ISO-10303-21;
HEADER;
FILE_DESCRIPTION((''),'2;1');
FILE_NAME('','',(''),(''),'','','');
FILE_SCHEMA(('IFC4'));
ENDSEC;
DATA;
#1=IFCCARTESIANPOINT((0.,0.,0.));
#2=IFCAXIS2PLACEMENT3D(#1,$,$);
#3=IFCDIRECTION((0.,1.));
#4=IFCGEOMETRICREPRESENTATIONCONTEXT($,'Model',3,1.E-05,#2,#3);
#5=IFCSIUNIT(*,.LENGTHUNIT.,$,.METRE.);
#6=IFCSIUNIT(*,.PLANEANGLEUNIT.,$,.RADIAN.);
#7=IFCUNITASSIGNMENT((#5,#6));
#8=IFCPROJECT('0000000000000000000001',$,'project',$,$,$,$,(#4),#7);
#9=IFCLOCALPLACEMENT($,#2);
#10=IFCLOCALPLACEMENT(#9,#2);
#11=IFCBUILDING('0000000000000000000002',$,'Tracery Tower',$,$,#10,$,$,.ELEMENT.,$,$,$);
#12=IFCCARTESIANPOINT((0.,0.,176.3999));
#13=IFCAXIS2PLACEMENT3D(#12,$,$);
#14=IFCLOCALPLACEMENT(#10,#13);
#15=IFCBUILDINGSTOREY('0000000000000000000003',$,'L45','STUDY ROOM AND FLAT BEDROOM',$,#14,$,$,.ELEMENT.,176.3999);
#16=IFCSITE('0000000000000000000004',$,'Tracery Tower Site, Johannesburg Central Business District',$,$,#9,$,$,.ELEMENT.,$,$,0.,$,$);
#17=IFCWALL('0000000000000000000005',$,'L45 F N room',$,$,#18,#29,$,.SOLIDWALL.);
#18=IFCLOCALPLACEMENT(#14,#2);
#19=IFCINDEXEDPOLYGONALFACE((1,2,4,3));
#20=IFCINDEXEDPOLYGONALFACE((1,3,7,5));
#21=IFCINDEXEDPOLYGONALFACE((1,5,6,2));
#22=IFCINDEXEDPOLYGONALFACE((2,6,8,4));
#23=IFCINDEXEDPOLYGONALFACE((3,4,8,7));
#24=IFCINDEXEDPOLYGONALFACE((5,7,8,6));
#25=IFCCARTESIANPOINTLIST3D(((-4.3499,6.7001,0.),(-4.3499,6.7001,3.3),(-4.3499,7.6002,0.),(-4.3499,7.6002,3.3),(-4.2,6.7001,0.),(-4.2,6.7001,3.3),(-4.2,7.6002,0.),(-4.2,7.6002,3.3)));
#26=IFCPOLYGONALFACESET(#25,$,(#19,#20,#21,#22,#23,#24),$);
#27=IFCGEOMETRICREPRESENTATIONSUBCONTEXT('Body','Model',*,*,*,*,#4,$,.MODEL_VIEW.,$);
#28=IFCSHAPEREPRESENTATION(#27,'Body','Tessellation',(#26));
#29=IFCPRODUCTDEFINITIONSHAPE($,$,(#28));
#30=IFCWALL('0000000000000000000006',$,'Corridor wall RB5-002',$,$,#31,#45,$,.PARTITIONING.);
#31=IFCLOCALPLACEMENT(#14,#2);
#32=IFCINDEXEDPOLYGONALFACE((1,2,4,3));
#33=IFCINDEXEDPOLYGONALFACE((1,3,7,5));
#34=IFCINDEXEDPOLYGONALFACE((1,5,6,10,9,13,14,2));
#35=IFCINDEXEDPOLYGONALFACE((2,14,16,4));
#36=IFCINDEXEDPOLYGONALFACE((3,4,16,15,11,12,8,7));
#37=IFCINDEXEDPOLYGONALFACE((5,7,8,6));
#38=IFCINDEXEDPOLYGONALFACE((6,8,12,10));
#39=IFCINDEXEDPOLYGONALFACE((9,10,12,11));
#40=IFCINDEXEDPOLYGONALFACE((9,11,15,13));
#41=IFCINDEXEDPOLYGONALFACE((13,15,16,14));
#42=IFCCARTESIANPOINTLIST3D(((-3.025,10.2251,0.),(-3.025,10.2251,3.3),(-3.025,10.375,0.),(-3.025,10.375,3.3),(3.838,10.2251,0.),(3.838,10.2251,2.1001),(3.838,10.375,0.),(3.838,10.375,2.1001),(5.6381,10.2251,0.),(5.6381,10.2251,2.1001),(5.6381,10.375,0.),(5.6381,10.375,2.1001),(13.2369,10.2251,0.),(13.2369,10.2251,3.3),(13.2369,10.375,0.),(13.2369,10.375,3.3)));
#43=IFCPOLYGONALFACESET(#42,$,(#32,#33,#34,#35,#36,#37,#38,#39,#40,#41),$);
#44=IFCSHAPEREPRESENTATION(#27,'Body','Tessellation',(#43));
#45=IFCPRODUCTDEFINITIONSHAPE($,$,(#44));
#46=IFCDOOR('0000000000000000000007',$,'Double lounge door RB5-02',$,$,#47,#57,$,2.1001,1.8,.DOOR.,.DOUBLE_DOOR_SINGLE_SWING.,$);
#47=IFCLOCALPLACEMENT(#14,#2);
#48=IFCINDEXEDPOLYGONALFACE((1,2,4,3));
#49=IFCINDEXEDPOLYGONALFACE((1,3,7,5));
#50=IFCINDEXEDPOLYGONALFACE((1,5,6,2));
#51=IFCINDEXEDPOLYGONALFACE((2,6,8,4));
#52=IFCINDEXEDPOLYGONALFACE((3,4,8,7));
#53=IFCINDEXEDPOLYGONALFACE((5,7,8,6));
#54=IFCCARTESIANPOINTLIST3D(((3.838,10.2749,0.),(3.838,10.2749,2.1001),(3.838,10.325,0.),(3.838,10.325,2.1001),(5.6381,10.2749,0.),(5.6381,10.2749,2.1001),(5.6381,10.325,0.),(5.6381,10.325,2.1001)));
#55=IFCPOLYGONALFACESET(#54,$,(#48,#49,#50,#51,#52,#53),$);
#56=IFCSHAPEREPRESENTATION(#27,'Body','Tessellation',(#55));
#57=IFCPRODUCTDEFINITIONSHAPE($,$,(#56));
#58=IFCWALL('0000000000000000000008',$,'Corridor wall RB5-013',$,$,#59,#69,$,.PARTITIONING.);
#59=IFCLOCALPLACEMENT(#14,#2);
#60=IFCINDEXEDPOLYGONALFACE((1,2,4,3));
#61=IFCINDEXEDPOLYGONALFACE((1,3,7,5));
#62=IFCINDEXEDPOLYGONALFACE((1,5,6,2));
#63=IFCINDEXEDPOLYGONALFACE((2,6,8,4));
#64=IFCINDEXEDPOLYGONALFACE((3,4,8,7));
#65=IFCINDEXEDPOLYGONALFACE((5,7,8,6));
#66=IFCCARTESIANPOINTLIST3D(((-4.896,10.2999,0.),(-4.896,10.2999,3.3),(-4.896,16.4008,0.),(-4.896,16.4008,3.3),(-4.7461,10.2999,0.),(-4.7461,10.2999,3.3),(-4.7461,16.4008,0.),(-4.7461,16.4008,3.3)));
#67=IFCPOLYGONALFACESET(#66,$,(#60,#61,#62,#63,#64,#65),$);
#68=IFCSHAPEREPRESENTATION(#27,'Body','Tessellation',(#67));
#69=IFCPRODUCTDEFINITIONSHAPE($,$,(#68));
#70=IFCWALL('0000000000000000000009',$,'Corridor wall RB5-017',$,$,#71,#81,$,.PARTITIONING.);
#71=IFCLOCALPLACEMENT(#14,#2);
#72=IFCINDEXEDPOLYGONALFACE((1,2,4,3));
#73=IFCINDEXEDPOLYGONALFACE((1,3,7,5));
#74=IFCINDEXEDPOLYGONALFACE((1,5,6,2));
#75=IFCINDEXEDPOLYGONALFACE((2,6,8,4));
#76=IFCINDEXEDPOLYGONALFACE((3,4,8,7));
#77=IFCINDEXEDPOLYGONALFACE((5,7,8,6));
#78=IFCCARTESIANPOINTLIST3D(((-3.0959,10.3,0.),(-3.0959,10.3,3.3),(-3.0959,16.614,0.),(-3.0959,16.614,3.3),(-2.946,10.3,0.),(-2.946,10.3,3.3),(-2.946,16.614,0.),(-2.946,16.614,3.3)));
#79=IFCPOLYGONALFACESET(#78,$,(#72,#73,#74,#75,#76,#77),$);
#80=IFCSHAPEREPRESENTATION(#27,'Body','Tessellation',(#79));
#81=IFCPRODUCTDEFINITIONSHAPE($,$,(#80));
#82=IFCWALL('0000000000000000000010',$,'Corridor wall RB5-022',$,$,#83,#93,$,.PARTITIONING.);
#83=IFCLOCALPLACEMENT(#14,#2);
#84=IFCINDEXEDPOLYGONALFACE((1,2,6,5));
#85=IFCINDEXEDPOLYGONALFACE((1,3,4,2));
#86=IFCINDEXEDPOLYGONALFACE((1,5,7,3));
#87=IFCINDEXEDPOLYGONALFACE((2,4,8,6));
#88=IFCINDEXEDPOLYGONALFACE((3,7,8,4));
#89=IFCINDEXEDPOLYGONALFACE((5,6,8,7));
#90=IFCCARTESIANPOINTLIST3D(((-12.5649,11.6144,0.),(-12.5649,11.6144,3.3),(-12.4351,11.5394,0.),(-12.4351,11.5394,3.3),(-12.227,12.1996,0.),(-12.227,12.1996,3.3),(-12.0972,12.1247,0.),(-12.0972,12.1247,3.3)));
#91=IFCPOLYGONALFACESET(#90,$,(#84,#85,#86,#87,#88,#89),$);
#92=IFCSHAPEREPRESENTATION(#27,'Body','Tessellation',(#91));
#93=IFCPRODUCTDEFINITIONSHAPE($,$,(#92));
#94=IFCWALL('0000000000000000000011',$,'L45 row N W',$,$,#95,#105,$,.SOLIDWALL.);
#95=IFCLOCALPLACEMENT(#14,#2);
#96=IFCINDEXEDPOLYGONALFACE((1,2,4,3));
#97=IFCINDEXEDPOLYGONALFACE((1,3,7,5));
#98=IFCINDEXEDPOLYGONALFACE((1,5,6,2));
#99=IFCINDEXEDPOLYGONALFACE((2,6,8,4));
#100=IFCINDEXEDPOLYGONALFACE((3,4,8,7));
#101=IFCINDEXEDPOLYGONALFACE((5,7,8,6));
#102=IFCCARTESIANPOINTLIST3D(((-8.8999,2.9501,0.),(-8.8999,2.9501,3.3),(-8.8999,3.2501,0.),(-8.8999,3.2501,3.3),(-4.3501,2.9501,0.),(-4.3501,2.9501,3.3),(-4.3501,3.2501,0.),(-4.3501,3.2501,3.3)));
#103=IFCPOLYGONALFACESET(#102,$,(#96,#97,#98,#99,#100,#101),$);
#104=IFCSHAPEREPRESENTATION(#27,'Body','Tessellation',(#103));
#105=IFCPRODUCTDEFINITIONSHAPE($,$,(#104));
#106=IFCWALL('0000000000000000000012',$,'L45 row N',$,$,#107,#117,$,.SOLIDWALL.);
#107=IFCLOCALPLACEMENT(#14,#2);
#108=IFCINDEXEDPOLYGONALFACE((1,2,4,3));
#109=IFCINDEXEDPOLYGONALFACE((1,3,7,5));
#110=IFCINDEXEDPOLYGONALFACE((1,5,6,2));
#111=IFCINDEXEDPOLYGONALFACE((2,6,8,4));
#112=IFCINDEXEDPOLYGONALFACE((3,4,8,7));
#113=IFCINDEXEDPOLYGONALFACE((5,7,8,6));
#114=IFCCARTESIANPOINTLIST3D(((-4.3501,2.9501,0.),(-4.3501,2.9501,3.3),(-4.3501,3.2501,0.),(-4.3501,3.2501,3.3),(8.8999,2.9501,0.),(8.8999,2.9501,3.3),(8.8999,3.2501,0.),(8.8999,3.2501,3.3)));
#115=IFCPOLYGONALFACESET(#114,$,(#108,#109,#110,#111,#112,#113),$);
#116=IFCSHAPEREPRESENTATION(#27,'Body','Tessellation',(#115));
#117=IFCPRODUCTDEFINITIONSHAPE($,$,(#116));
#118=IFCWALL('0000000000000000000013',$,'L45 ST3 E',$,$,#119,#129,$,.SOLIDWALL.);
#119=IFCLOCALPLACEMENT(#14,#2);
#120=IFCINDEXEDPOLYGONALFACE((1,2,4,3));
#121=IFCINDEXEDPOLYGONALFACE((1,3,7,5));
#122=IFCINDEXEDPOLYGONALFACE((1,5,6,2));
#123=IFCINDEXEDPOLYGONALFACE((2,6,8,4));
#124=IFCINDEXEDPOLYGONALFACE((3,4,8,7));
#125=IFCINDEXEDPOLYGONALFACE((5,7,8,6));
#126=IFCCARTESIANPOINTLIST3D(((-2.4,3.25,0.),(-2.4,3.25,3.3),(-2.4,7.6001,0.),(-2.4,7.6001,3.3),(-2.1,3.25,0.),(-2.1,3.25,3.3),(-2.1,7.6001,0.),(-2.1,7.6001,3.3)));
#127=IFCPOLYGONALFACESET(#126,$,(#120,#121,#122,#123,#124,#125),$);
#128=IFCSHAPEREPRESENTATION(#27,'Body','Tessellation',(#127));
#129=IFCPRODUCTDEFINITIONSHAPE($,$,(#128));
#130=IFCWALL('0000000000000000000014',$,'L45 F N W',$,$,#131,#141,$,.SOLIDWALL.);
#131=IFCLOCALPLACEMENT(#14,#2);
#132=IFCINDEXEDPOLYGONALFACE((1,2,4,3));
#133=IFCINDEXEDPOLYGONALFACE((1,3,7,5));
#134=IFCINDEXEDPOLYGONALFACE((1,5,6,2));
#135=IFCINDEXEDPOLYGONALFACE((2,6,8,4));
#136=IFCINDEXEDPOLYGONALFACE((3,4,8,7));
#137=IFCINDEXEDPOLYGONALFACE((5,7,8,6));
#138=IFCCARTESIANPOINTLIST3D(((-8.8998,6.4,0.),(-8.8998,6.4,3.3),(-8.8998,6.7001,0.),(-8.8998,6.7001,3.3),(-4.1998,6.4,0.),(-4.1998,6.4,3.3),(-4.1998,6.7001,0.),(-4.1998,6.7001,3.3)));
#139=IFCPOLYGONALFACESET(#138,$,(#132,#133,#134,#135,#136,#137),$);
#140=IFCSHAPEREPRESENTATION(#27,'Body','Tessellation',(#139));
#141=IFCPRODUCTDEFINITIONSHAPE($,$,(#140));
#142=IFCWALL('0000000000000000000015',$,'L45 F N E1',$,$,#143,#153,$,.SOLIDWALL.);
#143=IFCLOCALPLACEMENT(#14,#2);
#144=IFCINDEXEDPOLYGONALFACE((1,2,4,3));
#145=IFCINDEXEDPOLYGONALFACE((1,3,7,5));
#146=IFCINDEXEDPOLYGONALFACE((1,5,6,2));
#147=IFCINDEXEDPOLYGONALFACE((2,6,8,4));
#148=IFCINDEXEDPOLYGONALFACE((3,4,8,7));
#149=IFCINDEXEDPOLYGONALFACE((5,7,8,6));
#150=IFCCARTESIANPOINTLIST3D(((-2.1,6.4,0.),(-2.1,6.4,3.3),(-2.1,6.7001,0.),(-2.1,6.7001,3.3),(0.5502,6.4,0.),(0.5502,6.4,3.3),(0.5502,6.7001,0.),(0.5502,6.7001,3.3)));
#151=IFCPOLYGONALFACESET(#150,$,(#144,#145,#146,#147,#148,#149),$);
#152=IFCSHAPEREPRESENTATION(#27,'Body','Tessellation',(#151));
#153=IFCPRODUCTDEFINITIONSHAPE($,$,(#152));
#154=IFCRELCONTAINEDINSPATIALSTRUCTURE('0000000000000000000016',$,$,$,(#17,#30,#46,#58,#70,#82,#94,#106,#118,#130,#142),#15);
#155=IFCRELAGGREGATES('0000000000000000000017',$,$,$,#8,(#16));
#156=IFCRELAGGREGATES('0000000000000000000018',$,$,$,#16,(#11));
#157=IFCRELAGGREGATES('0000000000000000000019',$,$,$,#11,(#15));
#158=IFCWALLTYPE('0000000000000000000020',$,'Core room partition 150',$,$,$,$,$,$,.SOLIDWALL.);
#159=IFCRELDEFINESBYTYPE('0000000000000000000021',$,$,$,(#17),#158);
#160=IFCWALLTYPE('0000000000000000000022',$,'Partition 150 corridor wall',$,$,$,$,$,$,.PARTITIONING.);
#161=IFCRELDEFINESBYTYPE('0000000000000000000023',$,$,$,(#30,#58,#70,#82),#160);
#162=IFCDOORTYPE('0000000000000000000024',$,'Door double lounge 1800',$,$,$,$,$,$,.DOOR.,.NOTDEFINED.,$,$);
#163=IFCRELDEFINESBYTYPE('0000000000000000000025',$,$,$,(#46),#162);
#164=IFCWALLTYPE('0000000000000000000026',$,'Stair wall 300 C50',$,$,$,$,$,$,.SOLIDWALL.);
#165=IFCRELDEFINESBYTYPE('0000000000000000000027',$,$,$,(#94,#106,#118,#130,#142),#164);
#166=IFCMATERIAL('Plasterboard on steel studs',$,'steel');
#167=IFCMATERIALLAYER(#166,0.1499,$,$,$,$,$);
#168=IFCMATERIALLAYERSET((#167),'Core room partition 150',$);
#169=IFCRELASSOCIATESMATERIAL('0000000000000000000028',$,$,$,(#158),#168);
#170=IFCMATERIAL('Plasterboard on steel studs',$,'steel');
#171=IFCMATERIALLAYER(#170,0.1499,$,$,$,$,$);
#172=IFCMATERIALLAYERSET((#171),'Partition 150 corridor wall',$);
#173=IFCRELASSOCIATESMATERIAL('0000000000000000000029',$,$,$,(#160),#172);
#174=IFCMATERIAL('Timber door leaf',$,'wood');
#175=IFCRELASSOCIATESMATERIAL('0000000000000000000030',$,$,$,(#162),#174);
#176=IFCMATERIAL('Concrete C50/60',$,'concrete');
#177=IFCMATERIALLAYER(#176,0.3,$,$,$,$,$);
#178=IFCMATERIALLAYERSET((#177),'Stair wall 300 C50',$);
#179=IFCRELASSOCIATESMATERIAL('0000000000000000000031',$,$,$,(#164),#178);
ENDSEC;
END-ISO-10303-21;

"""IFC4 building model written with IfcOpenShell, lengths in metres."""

from ifc_helpers import new_model, si_unit, direction, frame, frame_2d, origin, place, context, subcontext, project, spatial, rectangle, extrude, material, layer, layer_set, type_object, element, fill, save


model = new_model("IFC4")

# Units and contexts
model_context = context("Model", 3, precision=1e-05, world=origin(), true_north=direction((0.0, 1.0)))
body_context = subcontext(model_context, "Body", "Model", "MODEL_VIEW")
ifc_project = project(units=[si_unit("LENGTHUNIT", "METRE"), si_unit("PLANEANGLEUNIT", "RADIAN")], contexts=[model_context])

# Site, building, storey
site_placement = place(None, origin())
site = spatial("IfcSite", under=ifc_project, at=site_placement, Name="Tracery Tower Site, Johannesburg Central Business District", CompositionType="ELEMENT", RefElevation=0.0)
building_placement = place(site_placement, origin())
building = spatial("IfcBuilding", under=site, at=building_placement, Name="Tracery Tower", CompositionType="ELEMENT")
storey_placement = place(building_placement, frame((0.0, 0.0, 176.3999)))
storey = spatial("IfcBuildingStorey", under=building, at=storey_placement, Name="L45", Description="STUDY ROOM AND FLAT BEDROOM", CompositionType="ELEMENT", Elevation=176.3999)

# Wall
ifc_material_1 = material(Name="Plasterboard on steel studs", Category="steel")
ifc_layer_1 = layer(ifc_material_1, 0.1499)
ifc_layer_set_1 = layer_set([ifc_layer_1], Name="Core room partition 150")
wall_type_1 = type_object("IfcWallType", Name="Core room partition 150", PredefinedType="SOLIDWALL", material=ifc_layer_set_1)
wall_1_placement = place(storey_placement, frame((-4.2749, 6.7, 0.0), z_axis=(0.0, 0.0, 1.0), x_axis=(0.0, 1.0, 0.0)))
element("IfcWall", 1, at=wall_1_placement, inside=storey, type_object=wall_type_1, Name="L45 F N room", PredefinedType="SOLIDWALL", context=body_context, shape_type="SweptSolid", body=[
    extrude(rectangle(XDim=0.9001, YDim=0.1499, at=frame_2d((0.4502, 0.0))), origin(), (0.0, 0.0, 1.0), 3.3),
])

# Wall, opening, door
ifc_material_2 = material(Name="Plasterboard on steel studs", Category="steel")
ifc_layer_2 = layer(ifc_material_2, 0.1499)
ifc_layer_set_2 = layer_set([ifc_layer_2], Name="Partition 150 corridor wall")
wall_type_2 = type_object("IfcWallType", Name="Partition 150 corridor wall", PredefinedType="PARTITIONING", material=ifc_layer_set_2)
wall_2_placement = place(storey_placement, frame((-3.0249, 10.3, 0.0), z_axis=(0.0, 0.0, 1.0), x_axis=(1.0, 0.0, 0.0)))
wall_2 = element("IfcWall", 2, at=wall_2_placement, inside=storey, type_object=wall_type_2, Name="Corridor wall RB5-002", PredefinedType="PARTITIONING", context=body_context, shape_type="SweptSolid", body=[
    extrude(rectangle(XDim=16.262, YDim=0.1499, at=frame_2d((8.1309, 0.0))), origin(), (0.0, 0.0, 1.0), 3.3),
])
opening_1_placement = place(wall_2_placement, frame((6.863, 0.0, 0.0)))
opening_1 = element("IfcOpeningElement", 3, at=opening_1_placement, cuts=wall_2, PredefinedType="OPENING", context=body_context, shape_type="SweptSolid", body=[
    extrude(rectangle(XDim=1.8, YDim=2.1001, at=frame_2d((0.8999, 1.05))), frame((0.0, 0.075, 0.0), z_axis=(0.0, -1.0, 0.0), x_axis=(1.0, 0.0, 0.0)), (0.0, 0.0, 1.0), 0.1499),
])
ifc_material_3 = material(Name="Timber door leaf", Category="wood")
door_type_1 = type_object("IfcDoorType", Name="Door double lounge 1800", OperationType="NOTDEFINED", PredefinedType="DOOR", material=ifc_material_3)
door_1_placement = place(opening_1_placement, origin())
door_1 = element("IfcDoor", 4, at=door_1_placement, inside=storey, type_object=door_type_1, Name="Double lounge door RB5-02", OperationType="DOUBLE_DOOR_SINGLE_SWING", OverallHeight=2.1001, OverallWidth=1.8, PredefinedType="DOOR", context=body_context, shape_type="SweptSolid", body=[
    extrude(rectangle(XDim=1.8, YDim=2.1001, at=frame_2d((0.8999, 1.05))), frame((0.0, 0.0249, 0.0), z_axis=(0.0, -1.0, 0.0), x_axis=(1.0, 0.0, 0.0)), (0.0, 0.0, 1.0), 0.05),
])
fill(opening_1, door_1)

# Walls
wall_3_placement = place(storey_placement, frame((-4.821, 10.3, 0.0), z_axis=(0.0, 0.0, 1.0), x_axis=(0.0, 1.0, 0.0)))
element("IfcWall", 5, at=wall_3_placement, inside=storey, type_object=wall_type_2, Name="Corridor wall RB5-013", PredefinedType="PARTITIONING", context=body_context, shape_type="SweptSolid", body=[
    extrude(rectangle(XDim=6.1008, YDim=0.1499, at=frame_2d((3.0503, 0.0))), origin(), (0.0, 0.0, 1.0), 3.3),
])
wall_4_placement = place(storey_placement, frame((-3.021, 10.3, 0.0), z_axis=(0.0, 0.0, 1.0), x_axis=(0.0, 1.0, 0.0)))
element("IfcWall", 6, at=wall_4_placement, inside=storey, type_object=wall_type_2, Name="Corridor wall RB5-017", PredefinedType="PARTITIONING", context=body_context, shape_type="SweptSolid", body=[
    extrude(rectangle(XDim=6.314, YDim=0.1499, at=frame_2d((3.157, 0.0))), origin(), (0.0, 0.0, 1.0), 3.3),
])
wall_5_placement = place(storey_placement, frame((-12.5, 11.5769, 0.0), z_axis=(0.0, 0.0, 1.0), x_axis=(0.500025, 0.866011, 0.0)))
element("IfcWall", 7, at=wall_5_placement, inside=storey, type_object=wall_type_2, Name="Corridor wall RB5-022", PredefinedType="PARTITIONING", context=body_context, shape_type="SweptSolid", body=[
    extrude(rectangle(XDim=0.6758, YDim=0.1499, at=frame_2d((0.3379, 0.0))), origin(), (0.0, 0.0, 1.0), 3.3),
])

# Walls
ifc_material_4 = material(Name="Concrete C50/60", Category="concrete")
ifc_layer_3 = layer(ifc_material_4, 0.3)
ifc_layer_set_3 = layer_set([ifc_layer_3], Name="Stair wall 300 C50")
wall_type_3 = type_object("IfcWallType", Name="Stair wall 300 C50", PredefinedType="SOLIDWALL", material=ifc_layer_set_3)
wall_6_placement = place(storey_placement, frame((-8.8999, 3.1001, 0.0), z_axis=(0.0, 0.0, 1.0), x_axis=(1.0, 0.0, 0.0)))
element("IfcWall", 8, at=wall_6_placement, inside=storey, type_object=wall_type_3, Name="L45 row N W", PredefinedType="SOLIDWALL", context=body_context, shape_type="SweptSolid", body=[
    extrude(rectangle(XDim=4.5498, YDim=0.3, at=frame_2d((2.2749, 0.0))), origin(), (0.0, 0.0, 1.0), 3.3),
])
wall_7_placement = place(storey_placement, frame((-4.3501, 3.1001, 0.0), z_axis=(0.0, 0.0, 1.0), x_axis=(1.0, 0.0, 0.0)))
element("IfcWall", 9, at=wall_7_placement, inside=storey, type_object=wall_type_3, Name="L45 row N", PredefinedType="SOLIDWALL", context=body_context, shape_type="SweptSolid", body=[
    extrude(rectangle(XDim=13.25, YDim=0.3, at=frame_2d((6.625, 0.0))), origin(), (0.0, 0.0, 1.0), 3.3),
])
wall_8_placement = place(storey_placement, frame((-2.25, 3.25, 0.0), z_axis=(0.0, 0.0, 1.0), x_axis=(0.0, 1.0, 0.0)))
element("IfcWall", 10, at=wall_8_placement, inside=storey, type_object=wall_type_3, Name="L45 ST3 E", PredefinedType="SOLIDWALL", context=body_context, shape_type="SweptSolid", body=[
    extrude(rectangle(XDim=4.3501, YDim=0.3, at=frame_2d((2.175, 0.0))), origin(), (0.0, 0.0, 1.0), 3.3),
])
wall_9_placement = place(storey_placement, frame((-8.8999, 6.55, 0.0), z_axis=(0.0, 0.0, 1.0), x_axis=(1.0, 0.0, 0.0)))
element("IfcWall", 11, at=wall_9_placement, inside=storey, type_object=wall_type_3, Name="L45 F N W", PredefinedType="SOLIDWALL", context=body_context, shape_type="SweptSolid", body=[
    extrude(rectangle(XDim=4.7, YDim=0.3, at=frame_2d((2.3501, 0.0))), origin(), (0.0, 0.0, 1.0), 3.3),
])

# Wall
wall_10_placement = place(storey_placement, frame((-2.1001, 6.55, 0.0), z_axis=(0.0, 0.0, 1.0), x_axis=(1.0, 0.0, 0.0)))
element("IfcWall", 12, at=wall_10_placement, inside=storey, type_object=wall_type_3, Name="L45 F N E1", PredefinedType="SOLIDWALL", context=body_context, shape_type="SweptSolid", body=[
    extrude(rectangle(XDim=2.6501, YDim=0.3, at=frame_2d((1.3252, 0.0))), origin(), (0.0, 0.0, 1.0), 3.3),
])

save(model, "model.ifc")
